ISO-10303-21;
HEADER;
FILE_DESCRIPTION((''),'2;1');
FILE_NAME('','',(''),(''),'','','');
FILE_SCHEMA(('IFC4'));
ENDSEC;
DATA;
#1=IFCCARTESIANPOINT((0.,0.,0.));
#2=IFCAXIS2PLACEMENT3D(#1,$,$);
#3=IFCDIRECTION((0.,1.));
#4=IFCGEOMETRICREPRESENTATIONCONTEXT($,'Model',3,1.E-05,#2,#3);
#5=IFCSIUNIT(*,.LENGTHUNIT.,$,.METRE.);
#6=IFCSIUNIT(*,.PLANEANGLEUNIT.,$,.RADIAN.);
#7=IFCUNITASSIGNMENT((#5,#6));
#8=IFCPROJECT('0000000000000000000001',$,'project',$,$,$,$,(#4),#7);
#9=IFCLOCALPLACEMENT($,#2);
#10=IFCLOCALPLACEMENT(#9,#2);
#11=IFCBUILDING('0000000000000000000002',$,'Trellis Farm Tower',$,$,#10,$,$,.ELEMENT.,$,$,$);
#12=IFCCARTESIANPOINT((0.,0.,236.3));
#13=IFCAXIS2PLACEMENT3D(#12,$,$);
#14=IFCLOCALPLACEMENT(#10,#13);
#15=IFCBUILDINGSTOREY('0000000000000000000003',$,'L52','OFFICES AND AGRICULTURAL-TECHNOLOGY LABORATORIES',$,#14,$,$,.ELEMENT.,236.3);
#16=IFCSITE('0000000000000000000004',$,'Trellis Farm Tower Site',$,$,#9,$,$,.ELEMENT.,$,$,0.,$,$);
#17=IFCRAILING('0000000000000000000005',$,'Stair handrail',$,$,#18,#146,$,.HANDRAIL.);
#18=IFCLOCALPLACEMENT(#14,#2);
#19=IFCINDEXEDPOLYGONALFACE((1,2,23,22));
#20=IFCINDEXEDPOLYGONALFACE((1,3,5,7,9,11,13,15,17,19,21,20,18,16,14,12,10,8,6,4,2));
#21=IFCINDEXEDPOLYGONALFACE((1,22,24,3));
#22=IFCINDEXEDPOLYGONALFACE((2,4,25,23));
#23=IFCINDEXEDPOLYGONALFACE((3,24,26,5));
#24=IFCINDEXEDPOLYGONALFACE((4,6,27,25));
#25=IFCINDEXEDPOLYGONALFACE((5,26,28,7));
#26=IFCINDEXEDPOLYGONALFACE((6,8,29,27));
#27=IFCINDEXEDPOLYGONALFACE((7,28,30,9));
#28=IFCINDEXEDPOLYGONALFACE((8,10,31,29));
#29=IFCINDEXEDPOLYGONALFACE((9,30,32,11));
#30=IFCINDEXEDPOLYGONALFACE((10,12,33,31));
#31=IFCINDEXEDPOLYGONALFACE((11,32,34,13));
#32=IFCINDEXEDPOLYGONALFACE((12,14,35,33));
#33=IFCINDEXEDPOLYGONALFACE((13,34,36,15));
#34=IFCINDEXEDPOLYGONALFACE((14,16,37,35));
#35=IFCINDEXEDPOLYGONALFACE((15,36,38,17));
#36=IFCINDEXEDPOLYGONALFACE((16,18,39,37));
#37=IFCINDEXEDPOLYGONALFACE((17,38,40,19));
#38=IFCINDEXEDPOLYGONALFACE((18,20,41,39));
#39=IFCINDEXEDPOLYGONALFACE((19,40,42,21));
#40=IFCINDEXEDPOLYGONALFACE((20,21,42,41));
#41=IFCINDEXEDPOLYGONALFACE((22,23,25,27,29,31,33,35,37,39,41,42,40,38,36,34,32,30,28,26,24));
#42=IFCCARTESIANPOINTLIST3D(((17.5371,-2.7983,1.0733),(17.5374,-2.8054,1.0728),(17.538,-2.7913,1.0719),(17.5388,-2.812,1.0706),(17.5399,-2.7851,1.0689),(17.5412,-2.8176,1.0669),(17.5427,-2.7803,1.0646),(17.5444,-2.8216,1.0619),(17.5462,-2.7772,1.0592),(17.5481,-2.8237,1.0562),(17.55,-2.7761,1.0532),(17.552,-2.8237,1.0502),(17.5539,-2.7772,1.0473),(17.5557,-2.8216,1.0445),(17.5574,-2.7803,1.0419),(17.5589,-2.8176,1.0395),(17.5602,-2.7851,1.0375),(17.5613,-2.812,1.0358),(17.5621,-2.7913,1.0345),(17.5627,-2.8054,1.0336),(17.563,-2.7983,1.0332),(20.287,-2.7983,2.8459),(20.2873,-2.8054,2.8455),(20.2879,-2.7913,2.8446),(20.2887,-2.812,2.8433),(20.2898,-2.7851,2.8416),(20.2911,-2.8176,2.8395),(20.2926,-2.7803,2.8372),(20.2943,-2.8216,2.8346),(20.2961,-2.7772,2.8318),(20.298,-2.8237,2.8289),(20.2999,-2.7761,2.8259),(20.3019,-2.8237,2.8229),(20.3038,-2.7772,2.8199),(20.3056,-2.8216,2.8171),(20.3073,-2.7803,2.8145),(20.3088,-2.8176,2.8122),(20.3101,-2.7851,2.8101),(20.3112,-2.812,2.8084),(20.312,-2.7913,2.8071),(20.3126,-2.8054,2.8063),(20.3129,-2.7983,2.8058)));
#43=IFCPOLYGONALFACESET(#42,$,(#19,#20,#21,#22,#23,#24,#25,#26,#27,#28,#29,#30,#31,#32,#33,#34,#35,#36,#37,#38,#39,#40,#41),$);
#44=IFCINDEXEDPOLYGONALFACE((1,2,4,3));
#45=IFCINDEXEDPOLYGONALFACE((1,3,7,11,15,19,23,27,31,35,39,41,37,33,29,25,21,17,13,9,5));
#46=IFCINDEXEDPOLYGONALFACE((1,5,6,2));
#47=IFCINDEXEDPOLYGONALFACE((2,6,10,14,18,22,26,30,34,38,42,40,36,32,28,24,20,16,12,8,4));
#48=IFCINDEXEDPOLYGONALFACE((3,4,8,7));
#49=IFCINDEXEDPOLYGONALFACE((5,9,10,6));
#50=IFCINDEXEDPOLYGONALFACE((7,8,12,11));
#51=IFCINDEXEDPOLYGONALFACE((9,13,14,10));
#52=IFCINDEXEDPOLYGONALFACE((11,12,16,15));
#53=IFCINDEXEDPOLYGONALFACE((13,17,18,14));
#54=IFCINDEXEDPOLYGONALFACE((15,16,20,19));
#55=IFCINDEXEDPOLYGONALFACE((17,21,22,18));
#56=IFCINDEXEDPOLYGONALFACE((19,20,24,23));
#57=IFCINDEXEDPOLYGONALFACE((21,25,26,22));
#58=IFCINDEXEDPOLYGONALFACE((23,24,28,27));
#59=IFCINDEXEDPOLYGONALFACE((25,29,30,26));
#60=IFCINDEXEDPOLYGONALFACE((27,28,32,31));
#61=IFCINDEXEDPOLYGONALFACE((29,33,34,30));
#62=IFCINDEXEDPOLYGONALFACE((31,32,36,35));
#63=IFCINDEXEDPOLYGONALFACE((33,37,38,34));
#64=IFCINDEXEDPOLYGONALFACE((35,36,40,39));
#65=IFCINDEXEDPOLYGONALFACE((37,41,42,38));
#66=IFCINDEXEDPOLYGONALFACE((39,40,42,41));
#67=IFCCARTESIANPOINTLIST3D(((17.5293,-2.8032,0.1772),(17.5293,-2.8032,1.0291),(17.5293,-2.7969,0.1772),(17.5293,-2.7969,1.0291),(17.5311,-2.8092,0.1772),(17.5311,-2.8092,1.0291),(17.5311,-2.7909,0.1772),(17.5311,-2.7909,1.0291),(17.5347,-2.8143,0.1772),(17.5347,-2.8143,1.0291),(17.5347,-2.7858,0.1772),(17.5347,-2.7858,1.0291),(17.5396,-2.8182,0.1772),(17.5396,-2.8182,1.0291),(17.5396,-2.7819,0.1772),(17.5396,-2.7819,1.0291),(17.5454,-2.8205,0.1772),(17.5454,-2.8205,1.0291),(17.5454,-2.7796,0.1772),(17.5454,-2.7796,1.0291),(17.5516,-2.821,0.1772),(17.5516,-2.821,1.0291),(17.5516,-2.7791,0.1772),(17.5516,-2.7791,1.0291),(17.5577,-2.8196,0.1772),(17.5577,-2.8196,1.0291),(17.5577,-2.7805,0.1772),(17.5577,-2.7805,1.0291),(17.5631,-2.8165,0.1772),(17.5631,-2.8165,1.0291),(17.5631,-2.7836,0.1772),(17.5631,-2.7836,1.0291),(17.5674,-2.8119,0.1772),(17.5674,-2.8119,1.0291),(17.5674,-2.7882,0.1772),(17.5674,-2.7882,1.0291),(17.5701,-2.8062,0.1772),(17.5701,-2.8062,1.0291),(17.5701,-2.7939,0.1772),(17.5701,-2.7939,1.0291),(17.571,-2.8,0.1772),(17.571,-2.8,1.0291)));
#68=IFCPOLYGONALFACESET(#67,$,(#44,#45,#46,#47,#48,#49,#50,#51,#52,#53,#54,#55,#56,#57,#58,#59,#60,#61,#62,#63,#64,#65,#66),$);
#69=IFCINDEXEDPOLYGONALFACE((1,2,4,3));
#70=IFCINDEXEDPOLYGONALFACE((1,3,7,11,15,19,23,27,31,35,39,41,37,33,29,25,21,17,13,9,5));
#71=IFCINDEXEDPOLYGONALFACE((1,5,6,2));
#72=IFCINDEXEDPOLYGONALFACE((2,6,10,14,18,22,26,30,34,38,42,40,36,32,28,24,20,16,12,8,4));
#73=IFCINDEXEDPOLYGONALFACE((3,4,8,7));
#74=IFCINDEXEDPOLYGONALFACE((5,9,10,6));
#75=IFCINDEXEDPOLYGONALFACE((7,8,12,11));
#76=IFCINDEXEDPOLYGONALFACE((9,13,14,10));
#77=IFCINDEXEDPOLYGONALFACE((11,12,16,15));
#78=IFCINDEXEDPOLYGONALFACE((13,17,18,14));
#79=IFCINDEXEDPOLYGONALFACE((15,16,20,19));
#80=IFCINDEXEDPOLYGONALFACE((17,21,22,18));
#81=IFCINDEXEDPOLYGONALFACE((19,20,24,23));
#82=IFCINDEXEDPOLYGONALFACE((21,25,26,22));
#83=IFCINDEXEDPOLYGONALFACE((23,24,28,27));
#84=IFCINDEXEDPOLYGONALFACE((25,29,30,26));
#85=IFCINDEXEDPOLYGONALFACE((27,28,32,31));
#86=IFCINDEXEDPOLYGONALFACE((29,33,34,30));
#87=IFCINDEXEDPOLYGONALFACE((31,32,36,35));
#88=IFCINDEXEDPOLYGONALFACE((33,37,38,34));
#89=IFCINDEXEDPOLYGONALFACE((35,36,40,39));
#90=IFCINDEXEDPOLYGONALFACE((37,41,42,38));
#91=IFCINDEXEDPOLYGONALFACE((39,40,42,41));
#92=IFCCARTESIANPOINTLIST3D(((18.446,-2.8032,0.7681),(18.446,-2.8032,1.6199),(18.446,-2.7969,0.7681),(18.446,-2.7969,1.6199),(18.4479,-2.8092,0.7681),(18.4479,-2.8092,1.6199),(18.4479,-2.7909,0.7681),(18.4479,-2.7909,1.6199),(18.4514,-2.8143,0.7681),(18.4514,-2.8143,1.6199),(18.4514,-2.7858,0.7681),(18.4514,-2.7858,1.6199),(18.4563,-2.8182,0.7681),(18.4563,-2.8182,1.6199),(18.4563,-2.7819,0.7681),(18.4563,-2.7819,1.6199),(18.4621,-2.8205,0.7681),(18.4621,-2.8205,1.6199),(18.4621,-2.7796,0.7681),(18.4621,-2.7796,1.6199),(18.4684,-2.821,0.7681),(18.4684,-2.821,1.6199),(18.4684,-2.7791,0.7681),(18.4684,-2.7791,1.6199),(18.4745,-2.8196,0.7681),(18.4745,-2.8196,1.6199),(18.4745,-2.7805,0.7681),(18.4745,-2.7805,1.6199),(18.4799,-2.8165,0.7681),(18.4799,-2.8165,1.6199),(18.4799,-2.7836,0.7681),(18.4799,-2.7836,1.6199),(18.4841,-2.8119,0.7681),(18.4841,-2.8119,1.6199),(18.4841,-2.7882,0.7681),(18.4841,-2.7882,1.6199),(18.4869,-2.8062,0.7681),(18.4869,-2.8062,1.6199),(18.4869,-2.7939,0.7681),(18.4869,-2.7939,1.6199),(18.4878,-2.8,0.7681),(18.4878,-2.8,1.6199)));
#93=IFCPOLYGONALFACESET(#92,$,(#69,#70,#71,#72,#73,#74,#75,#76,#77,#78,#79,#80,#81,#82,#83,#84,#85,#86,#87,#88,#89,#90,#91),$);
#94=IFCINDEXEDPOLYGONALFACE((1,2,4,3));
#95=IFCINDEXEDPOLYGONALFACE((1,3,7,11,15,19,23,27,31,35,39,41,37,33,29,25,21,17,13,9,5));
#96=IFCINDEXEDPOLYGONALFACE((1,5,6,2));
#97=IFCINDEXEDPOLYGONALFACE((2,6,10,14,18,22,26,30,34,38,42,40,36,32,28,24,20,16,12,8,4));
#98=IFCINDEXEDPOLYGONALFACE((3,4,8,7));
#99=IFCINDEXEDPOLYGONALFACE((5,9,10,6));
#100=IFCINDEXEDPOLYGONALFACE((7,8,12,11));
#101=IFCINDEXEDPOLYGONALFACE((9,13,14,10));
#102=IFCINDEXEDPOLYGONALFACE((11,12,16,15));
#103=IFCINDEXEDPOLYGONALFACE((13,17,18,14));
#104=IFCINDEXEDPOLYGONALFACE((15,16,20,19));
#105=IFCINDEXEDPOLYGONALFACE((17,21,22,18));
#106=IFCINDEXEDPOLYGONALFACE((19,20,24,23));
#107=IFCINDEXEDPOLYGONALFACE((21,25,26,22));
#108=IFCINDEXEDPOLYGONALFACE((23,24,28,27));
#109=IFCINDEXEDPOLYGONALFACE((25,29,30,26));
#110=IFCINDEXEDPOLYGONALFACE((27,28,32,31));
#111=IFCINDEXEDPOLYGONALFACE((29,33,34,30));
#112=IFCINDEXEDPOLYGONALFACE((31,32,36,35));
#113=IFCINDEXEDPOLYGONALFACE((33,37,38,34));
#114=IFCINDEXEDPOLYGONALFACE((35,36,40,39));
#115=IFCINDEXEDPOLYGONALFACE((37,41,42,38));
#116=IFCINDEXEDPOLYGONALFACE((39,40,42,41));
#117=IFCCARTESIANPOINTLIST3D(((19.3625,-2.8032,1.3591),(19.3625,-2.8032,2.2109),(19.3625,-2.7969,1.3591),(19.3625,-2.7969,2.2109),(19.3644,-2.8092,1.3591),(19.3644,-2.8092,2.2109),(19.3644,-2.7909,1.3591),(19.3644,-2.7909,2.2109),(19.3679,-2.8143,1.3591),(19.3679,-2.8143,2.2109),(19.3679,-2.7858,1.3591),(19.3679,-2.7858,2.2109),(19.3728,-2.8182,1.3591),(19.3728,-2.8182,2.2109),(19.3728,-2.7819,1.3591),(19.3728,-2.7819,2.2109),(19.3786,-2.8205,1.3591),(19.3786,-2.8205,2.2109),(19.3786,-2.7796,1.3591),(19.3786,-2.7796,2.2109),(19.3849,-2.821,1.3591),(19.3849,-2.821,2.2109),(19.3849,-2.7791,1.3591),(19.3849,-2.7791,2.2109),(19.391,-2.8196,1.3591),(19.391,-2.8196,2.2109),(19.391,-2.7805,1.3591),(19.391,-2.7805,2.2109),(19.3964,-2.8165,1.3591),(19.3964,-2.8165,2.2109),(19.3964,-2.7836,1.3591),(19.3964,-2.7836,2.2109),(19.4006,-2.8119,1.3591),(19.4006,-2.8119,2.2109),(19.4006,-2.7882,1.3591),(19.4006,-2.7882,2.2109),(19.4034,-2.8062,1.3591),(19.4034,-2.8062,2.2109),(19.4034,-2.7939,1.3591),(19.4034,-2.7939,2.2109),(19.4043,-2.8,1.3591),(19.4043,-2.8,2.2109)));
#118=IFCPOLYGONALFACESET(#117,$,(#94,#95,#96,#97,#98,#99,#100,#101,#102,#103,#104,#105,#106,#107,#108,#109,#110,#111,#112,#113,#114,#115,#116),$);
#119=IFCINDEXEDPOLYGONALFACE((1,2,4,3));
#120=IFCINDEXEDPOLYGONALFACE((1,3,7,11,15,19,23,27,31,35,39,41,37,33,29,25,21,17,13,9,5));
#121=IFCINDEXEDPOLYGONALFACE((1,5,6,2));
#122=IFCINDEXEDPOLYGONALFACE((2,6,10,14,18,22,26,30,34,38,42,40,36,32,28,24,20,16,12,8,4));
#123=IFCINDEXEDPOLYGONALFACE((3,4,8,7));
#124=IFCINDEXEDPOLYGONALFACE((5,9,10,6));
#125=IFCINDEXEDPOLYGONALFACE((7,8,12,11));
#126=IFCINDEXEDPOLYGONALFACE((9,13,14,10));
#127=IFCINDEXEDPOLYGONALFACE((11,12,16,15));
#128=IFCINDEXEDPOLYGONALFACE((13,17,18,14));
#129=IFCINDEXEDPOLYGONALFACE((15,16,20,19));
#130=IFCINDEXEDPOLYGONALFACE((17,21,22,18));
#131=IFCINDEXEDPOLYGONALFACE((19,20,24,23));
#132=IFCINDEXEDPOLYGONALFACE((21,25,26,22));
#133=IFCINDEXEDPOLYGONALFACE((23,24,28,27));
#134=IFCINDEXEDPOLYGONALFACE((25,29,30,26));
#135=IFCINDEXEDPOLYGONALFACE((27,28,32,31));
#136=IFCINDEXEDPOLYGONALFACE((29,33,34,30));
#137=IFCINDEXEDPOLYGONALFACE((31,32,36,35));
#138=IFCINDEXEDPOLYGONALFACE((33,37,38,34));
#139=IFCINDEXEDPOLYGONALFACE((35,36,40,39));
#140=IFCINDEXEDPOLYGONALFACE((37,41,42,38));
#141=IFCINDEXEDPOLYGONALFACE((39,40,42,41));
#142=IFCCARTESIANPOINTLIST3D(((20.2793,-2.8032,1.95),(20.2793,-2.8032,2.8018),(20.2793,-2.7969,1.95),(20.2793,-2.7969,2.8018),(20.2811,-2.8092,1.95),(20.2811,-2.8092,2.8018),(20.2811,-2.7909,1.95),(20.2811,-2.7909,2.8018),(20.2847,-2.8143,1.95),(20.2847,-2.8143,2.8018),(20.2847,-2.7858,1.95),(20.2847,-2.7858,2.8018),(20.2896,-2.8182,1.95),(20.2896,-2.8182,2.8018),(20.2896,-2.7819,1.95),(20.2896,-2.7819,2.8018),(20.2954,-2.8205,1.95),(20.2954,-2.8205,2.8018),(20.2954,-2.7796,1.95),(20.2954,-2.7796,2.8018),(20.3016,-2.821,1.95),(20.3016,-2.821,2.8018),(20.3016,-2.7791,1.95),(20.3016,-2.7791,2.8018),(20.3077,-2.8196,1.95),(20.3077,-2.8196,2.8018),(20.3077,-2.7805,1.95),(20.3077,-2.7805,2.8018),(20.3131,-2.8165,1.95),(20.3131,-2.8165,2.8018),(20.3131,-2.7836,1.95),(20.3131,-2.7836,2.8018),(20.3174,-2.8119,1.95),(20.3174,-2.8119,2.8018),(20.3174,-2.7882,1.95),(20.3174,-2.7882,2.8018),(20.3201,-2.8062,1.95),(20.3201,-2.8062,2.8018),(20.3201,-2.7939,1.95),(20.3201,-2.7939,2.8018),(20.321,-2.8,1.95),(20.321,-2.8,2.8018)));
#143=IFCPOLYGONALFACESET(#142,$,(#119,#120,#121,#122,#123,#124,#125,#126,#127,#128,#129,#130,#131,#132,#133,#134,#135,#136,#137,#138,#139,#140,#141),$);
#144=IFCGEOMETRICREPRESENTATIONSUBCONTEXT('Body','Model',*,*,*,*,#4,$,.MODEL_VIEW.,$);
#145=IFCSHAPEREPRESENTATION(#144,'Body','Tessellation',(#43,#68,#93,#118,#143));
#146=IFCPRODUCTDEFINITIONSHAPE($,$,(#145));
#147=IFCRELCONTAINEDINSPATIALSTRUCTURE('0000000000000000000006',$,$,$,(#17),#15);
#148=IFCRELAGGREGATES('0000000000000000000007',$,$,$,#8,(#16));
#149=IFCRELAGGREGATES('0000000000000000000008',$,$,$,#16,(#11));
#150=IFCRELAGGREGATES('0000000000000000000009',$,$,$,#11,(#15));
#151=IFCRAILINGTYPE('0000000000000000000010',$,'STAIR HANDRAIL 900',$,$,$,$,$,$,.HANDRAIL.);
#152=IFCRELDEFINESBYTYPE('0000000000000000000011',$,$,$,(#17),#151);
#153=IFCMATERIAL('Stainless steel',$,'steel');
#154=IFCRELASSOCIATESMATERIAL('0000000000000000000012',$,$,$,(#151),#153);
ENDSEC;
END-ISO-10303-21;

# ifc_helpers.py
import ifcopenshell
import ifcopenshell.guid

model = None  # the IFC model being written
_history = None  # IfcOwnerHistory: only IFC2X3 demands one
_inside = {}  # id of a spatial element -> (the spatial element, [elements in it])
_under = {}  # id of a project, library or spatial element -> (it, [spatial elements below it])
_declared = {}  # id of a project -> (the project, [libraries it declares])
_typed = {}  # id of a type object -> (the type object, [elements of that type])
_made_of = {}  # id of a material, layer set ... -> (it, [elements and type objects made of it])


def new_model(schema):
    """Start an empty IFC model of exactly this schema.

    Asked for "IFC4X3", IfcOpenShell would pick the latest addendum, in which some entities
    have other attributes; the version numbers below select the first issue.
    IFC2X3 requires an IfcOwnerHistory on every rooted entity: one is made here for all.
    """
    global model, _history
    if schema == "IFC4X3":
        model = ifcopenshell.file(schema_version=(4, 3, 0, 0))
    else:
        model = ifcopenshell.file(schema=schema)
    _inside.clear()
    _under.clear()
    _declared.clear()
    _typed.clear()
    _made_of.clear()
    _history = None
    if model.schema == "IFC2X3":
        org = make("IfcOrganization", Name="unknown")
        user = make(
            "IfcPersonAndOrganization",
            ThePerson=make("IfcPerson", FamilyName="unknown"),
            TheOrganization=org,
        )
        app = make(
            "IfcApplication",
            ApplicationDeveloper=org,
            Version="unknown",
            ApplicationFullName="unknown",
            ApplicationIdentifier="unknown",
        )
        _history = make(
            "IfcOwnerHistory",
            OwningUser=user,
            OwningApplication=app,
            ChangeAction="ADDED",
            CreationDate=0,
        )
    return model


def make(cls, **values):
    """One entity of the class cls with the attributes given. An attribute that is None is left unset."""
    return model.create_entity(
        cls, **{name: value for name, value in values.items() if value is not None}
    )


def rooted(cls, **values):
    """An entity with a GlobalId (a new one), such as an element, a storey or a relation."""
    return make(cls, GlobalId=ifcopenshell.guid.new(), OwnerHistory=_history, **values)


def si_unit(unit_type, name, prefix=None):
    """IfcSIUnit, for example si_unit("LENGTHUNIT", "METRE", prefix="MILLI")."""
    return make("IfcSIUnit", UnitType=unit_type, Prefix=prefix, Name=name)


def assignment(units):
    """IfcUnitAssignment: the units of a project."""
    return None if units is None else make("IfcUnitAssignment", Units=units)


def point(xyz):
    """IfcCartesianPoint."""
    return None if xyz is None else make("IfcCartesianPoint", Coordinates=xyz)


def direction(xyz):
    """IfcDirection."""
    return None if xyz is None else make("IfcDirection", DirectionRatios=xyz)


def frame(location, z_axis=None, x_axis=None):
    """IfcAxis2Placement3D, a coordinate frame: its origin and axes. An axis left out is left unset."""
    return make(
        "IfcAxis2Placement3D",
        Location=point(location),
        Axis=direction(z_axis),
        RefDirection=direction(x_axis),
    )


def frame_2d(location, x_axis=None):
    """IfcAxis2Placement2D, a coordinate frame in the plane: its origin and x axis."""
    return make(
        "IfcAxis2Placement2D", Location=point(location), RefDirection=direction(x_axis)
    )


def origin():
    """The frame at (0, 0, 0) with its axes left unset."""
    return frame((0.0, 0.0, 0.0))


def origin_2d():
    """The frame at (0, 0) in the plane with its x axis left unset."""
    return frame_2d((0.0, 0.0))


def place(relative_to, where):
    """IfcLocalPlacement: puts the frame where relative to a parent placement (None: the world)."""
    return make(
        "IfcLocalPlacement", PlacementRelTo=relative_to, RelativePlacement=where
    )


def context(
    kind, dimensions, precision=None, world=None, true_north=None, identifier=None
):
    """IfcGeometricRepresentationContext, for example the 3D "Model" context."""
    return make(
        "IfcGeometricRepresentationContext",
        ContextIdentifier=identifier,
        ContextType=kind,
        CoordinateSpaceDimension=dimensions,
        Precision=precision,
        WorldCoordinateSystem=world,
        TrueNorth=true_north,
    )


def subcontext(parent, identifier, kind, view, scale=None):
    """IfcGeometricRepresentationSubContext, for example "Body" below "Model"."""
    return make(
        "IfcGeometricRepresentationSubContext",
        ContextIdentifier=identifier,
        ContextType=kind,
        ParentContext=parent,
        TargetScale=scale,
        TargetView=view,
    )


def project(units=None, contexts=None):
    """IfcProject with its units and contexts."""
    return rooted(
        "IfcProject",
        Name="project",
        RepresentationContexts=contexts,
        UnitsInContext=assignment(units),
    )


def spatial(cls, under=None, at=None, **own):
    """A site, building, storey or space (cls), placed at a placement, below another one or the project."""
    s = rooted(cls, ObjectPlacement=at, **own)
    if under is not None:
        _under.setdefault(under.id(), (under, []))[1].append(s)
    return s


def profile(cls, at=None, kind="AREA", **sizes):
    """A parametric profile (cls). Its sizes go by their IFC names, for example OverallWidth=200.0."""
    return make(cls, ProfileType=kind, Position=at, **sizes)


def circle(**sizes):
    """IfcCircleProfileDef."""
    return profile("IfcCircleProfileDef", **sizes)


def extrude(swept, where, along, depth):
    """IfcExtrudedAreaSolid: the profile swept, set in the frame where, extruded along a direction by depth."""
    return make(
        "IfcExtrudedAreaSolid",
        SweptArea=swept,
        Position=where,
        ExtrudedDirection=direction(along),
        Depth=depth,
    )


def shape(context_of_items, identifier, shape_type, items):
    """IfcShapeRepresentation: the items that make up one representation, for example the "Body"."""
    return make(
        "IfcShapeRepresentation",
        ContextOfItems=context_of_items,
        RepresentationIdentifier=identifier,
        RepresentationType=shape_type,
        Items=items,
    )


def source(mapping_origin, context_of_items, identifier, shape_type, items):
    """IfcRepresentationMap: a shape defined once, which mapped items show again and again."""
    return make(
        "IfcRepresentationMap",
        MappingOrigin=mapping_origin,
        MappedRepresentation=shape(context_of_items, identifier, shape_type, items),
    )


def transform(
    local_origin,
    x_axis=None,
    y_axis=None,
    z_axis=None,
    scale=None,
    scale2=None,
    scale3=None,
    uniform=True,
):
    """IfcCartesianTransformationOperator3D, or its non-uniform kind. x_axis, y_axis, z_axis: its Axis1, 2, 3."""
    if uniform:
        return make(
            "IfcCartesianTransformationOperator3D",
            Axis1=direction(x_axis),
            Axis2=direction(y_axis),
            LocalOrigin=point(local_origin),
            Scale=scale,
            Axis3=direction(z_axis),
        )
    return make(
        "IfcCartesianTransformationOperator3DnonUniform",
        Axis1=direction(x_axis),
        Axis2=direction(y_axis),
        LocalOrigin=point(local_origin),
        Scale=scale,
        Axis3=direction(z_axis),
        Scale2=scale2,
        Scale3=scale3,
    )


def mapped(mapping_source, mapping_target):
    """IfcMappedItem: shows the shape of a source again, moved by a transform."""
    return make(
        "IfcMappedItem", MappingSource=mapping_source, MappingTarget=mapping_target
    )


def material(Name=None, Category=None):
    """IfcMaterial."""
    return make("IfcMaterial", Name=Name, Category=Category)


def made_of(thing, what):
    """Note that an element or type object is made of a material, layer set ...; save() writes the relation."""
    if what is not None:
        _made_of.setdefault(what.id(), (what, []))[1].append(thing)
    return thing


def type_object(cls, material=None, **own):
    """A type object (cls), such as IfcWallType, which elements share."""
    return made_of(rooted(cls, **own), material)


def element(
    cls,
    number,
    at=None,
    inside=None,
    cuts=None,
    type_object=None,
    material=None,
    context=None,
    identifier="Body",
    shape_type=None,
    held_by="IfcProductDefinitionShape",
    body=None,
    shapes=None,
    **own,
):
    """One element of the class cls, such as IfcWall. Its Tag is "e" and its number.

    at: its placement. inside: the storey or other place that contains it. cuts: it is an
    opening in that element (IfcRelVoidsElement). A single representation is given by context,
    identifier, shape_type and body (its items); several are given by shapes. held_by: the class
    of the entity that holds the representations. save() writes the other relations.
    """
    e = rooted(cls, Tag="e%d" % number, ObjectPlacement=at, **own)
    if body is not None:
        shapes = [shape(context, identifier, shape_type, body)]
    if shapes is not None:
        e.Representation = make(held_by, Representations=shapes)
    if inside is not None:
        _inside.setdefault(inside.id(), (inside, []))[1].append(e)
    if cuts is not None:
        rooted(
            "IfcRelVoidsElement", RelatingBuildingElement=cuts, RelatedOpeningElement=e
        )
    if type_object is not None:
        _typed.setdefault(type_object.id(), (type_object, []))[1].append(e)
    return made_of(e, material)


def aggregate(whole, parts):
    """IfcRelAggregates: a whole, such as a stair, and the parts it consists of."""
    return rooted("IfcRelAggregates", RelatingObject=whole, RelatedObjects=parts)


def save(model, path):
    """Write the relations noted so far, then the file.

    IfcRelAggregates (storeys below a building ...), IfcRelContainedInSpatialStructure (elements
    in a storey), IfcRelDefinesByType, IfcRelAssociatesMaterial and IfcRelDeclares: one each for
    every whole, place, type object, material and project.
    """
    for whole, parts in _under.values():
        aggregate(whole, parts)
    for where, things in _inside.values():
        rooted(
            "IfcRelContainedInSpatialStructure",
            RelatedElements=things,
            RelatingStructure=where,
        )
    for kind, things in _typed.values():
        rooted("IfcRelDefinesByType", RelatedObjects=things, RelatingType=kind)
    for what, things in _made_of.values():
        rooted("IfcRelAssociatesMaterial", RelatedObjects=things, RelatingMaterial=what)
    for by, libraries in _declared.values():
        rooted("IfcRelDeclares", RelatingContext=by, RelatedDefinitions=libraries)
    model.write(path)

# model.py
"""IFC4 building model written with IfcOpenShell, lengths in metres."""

from ifc_helpers import new_model, si_unit, direction, frame, origin, origin_2d, place, context, subcontext, project, spatial, circle, extrude, source, transform, mapped, material, type_object, element, save


model = new_model("IFC4")

# Units and contexts
model_context = context("Model", 3, precision=1e-05, world=origin(), true_north=direction((0.0, 1.0)))
body_context = subcontext(model_context, "Body", "Model", "MODEL_VIEW")
ifc_project = project(units=[si_unit("LENGTHUNIT", "METRE"), si_unit("PLANEANGLEUNIT", "RADIAN")], contexts=[model_context])

# Site, building, storey
site_placement = place(None, origin())
site = spatial("IfcSite", under=ifc_project, at=site_placement, Name="Trellis Farm Tower Site", CompositionType="ELEMENT", RefElevation=0.0)
building_placement = place(site_placement, origin())
building = spatial("IfcBuilding", under=site, at=building_placement, Name="Trellis Farm Tower", CompositionType="ELEMENT")
storey_placement = place(building_placement, frame((0.0, 0.0, 236.3)))
storey = spatial("IfcBuildingStorey", under=building, at=storey_placement, Name="L52", Description="OFFICES AND AGRICULTURAL-TECHNOLOGY LABORATORIES", CompositionType="ELEMENT", Elevation=236.3)

# Railing
ifc_material_1 = material(Name="Stainless steel", Category="steel")
railing_type = type_object("IfcRailingType", Name="STAIR HANDRAIL 900", PredefinedType="HANDRAIL", material=ifc_material_1)
shared_shape_1 = source(origin(), body_context, "Body", "SweptSolid", [
    extrude(circle(Radius=0.0239, at=origin_2d()), frame((0.0, 0.0, 0.876), z_axis=(0.840504, 0.0, 0.541806), x_axis=(0.0, 1.0, 0.0)), (0.0, 0.0, 1.0), 3.2717),
    extrude(circle(Radius=0.021, at=origin_2d()), origin(), (0.0, 0.0, 1.0), 0.8518),
    extrude(circle(Radius=0.021, at=origin_2d()), frame((0.9167, 0.0, 0.5908)), (0.0, 0.0, 1.0), 0.8518),
    extrude(circle(Radius=0.021, at=origin_2d()), frame((1.8333, 0.0, 1.1819)), (0.0, 0.0, 1.0), 0.8518),
    extrude(circle(Radius=0.021, at=origin_2d()), frame((2.75, 0.0, 1.7727)), (0.0, 0.0, 1.0), 0.8518),
])
railing_placement = place(storey_placement, frame((17.55, -2.8, 0.1772)))
element("IfcRailing", 1, at=railing_placement, inside=storey, type_object=railing_type, Name="Stair handrail", PredefinedType="HANDRAIL", context=body_context, shape_type="MappedRepresentation", body=[
    mapped(shared_shape_1, transform((0.0, 0.0, 0.0))),
])

save(model, "model.ifc")
